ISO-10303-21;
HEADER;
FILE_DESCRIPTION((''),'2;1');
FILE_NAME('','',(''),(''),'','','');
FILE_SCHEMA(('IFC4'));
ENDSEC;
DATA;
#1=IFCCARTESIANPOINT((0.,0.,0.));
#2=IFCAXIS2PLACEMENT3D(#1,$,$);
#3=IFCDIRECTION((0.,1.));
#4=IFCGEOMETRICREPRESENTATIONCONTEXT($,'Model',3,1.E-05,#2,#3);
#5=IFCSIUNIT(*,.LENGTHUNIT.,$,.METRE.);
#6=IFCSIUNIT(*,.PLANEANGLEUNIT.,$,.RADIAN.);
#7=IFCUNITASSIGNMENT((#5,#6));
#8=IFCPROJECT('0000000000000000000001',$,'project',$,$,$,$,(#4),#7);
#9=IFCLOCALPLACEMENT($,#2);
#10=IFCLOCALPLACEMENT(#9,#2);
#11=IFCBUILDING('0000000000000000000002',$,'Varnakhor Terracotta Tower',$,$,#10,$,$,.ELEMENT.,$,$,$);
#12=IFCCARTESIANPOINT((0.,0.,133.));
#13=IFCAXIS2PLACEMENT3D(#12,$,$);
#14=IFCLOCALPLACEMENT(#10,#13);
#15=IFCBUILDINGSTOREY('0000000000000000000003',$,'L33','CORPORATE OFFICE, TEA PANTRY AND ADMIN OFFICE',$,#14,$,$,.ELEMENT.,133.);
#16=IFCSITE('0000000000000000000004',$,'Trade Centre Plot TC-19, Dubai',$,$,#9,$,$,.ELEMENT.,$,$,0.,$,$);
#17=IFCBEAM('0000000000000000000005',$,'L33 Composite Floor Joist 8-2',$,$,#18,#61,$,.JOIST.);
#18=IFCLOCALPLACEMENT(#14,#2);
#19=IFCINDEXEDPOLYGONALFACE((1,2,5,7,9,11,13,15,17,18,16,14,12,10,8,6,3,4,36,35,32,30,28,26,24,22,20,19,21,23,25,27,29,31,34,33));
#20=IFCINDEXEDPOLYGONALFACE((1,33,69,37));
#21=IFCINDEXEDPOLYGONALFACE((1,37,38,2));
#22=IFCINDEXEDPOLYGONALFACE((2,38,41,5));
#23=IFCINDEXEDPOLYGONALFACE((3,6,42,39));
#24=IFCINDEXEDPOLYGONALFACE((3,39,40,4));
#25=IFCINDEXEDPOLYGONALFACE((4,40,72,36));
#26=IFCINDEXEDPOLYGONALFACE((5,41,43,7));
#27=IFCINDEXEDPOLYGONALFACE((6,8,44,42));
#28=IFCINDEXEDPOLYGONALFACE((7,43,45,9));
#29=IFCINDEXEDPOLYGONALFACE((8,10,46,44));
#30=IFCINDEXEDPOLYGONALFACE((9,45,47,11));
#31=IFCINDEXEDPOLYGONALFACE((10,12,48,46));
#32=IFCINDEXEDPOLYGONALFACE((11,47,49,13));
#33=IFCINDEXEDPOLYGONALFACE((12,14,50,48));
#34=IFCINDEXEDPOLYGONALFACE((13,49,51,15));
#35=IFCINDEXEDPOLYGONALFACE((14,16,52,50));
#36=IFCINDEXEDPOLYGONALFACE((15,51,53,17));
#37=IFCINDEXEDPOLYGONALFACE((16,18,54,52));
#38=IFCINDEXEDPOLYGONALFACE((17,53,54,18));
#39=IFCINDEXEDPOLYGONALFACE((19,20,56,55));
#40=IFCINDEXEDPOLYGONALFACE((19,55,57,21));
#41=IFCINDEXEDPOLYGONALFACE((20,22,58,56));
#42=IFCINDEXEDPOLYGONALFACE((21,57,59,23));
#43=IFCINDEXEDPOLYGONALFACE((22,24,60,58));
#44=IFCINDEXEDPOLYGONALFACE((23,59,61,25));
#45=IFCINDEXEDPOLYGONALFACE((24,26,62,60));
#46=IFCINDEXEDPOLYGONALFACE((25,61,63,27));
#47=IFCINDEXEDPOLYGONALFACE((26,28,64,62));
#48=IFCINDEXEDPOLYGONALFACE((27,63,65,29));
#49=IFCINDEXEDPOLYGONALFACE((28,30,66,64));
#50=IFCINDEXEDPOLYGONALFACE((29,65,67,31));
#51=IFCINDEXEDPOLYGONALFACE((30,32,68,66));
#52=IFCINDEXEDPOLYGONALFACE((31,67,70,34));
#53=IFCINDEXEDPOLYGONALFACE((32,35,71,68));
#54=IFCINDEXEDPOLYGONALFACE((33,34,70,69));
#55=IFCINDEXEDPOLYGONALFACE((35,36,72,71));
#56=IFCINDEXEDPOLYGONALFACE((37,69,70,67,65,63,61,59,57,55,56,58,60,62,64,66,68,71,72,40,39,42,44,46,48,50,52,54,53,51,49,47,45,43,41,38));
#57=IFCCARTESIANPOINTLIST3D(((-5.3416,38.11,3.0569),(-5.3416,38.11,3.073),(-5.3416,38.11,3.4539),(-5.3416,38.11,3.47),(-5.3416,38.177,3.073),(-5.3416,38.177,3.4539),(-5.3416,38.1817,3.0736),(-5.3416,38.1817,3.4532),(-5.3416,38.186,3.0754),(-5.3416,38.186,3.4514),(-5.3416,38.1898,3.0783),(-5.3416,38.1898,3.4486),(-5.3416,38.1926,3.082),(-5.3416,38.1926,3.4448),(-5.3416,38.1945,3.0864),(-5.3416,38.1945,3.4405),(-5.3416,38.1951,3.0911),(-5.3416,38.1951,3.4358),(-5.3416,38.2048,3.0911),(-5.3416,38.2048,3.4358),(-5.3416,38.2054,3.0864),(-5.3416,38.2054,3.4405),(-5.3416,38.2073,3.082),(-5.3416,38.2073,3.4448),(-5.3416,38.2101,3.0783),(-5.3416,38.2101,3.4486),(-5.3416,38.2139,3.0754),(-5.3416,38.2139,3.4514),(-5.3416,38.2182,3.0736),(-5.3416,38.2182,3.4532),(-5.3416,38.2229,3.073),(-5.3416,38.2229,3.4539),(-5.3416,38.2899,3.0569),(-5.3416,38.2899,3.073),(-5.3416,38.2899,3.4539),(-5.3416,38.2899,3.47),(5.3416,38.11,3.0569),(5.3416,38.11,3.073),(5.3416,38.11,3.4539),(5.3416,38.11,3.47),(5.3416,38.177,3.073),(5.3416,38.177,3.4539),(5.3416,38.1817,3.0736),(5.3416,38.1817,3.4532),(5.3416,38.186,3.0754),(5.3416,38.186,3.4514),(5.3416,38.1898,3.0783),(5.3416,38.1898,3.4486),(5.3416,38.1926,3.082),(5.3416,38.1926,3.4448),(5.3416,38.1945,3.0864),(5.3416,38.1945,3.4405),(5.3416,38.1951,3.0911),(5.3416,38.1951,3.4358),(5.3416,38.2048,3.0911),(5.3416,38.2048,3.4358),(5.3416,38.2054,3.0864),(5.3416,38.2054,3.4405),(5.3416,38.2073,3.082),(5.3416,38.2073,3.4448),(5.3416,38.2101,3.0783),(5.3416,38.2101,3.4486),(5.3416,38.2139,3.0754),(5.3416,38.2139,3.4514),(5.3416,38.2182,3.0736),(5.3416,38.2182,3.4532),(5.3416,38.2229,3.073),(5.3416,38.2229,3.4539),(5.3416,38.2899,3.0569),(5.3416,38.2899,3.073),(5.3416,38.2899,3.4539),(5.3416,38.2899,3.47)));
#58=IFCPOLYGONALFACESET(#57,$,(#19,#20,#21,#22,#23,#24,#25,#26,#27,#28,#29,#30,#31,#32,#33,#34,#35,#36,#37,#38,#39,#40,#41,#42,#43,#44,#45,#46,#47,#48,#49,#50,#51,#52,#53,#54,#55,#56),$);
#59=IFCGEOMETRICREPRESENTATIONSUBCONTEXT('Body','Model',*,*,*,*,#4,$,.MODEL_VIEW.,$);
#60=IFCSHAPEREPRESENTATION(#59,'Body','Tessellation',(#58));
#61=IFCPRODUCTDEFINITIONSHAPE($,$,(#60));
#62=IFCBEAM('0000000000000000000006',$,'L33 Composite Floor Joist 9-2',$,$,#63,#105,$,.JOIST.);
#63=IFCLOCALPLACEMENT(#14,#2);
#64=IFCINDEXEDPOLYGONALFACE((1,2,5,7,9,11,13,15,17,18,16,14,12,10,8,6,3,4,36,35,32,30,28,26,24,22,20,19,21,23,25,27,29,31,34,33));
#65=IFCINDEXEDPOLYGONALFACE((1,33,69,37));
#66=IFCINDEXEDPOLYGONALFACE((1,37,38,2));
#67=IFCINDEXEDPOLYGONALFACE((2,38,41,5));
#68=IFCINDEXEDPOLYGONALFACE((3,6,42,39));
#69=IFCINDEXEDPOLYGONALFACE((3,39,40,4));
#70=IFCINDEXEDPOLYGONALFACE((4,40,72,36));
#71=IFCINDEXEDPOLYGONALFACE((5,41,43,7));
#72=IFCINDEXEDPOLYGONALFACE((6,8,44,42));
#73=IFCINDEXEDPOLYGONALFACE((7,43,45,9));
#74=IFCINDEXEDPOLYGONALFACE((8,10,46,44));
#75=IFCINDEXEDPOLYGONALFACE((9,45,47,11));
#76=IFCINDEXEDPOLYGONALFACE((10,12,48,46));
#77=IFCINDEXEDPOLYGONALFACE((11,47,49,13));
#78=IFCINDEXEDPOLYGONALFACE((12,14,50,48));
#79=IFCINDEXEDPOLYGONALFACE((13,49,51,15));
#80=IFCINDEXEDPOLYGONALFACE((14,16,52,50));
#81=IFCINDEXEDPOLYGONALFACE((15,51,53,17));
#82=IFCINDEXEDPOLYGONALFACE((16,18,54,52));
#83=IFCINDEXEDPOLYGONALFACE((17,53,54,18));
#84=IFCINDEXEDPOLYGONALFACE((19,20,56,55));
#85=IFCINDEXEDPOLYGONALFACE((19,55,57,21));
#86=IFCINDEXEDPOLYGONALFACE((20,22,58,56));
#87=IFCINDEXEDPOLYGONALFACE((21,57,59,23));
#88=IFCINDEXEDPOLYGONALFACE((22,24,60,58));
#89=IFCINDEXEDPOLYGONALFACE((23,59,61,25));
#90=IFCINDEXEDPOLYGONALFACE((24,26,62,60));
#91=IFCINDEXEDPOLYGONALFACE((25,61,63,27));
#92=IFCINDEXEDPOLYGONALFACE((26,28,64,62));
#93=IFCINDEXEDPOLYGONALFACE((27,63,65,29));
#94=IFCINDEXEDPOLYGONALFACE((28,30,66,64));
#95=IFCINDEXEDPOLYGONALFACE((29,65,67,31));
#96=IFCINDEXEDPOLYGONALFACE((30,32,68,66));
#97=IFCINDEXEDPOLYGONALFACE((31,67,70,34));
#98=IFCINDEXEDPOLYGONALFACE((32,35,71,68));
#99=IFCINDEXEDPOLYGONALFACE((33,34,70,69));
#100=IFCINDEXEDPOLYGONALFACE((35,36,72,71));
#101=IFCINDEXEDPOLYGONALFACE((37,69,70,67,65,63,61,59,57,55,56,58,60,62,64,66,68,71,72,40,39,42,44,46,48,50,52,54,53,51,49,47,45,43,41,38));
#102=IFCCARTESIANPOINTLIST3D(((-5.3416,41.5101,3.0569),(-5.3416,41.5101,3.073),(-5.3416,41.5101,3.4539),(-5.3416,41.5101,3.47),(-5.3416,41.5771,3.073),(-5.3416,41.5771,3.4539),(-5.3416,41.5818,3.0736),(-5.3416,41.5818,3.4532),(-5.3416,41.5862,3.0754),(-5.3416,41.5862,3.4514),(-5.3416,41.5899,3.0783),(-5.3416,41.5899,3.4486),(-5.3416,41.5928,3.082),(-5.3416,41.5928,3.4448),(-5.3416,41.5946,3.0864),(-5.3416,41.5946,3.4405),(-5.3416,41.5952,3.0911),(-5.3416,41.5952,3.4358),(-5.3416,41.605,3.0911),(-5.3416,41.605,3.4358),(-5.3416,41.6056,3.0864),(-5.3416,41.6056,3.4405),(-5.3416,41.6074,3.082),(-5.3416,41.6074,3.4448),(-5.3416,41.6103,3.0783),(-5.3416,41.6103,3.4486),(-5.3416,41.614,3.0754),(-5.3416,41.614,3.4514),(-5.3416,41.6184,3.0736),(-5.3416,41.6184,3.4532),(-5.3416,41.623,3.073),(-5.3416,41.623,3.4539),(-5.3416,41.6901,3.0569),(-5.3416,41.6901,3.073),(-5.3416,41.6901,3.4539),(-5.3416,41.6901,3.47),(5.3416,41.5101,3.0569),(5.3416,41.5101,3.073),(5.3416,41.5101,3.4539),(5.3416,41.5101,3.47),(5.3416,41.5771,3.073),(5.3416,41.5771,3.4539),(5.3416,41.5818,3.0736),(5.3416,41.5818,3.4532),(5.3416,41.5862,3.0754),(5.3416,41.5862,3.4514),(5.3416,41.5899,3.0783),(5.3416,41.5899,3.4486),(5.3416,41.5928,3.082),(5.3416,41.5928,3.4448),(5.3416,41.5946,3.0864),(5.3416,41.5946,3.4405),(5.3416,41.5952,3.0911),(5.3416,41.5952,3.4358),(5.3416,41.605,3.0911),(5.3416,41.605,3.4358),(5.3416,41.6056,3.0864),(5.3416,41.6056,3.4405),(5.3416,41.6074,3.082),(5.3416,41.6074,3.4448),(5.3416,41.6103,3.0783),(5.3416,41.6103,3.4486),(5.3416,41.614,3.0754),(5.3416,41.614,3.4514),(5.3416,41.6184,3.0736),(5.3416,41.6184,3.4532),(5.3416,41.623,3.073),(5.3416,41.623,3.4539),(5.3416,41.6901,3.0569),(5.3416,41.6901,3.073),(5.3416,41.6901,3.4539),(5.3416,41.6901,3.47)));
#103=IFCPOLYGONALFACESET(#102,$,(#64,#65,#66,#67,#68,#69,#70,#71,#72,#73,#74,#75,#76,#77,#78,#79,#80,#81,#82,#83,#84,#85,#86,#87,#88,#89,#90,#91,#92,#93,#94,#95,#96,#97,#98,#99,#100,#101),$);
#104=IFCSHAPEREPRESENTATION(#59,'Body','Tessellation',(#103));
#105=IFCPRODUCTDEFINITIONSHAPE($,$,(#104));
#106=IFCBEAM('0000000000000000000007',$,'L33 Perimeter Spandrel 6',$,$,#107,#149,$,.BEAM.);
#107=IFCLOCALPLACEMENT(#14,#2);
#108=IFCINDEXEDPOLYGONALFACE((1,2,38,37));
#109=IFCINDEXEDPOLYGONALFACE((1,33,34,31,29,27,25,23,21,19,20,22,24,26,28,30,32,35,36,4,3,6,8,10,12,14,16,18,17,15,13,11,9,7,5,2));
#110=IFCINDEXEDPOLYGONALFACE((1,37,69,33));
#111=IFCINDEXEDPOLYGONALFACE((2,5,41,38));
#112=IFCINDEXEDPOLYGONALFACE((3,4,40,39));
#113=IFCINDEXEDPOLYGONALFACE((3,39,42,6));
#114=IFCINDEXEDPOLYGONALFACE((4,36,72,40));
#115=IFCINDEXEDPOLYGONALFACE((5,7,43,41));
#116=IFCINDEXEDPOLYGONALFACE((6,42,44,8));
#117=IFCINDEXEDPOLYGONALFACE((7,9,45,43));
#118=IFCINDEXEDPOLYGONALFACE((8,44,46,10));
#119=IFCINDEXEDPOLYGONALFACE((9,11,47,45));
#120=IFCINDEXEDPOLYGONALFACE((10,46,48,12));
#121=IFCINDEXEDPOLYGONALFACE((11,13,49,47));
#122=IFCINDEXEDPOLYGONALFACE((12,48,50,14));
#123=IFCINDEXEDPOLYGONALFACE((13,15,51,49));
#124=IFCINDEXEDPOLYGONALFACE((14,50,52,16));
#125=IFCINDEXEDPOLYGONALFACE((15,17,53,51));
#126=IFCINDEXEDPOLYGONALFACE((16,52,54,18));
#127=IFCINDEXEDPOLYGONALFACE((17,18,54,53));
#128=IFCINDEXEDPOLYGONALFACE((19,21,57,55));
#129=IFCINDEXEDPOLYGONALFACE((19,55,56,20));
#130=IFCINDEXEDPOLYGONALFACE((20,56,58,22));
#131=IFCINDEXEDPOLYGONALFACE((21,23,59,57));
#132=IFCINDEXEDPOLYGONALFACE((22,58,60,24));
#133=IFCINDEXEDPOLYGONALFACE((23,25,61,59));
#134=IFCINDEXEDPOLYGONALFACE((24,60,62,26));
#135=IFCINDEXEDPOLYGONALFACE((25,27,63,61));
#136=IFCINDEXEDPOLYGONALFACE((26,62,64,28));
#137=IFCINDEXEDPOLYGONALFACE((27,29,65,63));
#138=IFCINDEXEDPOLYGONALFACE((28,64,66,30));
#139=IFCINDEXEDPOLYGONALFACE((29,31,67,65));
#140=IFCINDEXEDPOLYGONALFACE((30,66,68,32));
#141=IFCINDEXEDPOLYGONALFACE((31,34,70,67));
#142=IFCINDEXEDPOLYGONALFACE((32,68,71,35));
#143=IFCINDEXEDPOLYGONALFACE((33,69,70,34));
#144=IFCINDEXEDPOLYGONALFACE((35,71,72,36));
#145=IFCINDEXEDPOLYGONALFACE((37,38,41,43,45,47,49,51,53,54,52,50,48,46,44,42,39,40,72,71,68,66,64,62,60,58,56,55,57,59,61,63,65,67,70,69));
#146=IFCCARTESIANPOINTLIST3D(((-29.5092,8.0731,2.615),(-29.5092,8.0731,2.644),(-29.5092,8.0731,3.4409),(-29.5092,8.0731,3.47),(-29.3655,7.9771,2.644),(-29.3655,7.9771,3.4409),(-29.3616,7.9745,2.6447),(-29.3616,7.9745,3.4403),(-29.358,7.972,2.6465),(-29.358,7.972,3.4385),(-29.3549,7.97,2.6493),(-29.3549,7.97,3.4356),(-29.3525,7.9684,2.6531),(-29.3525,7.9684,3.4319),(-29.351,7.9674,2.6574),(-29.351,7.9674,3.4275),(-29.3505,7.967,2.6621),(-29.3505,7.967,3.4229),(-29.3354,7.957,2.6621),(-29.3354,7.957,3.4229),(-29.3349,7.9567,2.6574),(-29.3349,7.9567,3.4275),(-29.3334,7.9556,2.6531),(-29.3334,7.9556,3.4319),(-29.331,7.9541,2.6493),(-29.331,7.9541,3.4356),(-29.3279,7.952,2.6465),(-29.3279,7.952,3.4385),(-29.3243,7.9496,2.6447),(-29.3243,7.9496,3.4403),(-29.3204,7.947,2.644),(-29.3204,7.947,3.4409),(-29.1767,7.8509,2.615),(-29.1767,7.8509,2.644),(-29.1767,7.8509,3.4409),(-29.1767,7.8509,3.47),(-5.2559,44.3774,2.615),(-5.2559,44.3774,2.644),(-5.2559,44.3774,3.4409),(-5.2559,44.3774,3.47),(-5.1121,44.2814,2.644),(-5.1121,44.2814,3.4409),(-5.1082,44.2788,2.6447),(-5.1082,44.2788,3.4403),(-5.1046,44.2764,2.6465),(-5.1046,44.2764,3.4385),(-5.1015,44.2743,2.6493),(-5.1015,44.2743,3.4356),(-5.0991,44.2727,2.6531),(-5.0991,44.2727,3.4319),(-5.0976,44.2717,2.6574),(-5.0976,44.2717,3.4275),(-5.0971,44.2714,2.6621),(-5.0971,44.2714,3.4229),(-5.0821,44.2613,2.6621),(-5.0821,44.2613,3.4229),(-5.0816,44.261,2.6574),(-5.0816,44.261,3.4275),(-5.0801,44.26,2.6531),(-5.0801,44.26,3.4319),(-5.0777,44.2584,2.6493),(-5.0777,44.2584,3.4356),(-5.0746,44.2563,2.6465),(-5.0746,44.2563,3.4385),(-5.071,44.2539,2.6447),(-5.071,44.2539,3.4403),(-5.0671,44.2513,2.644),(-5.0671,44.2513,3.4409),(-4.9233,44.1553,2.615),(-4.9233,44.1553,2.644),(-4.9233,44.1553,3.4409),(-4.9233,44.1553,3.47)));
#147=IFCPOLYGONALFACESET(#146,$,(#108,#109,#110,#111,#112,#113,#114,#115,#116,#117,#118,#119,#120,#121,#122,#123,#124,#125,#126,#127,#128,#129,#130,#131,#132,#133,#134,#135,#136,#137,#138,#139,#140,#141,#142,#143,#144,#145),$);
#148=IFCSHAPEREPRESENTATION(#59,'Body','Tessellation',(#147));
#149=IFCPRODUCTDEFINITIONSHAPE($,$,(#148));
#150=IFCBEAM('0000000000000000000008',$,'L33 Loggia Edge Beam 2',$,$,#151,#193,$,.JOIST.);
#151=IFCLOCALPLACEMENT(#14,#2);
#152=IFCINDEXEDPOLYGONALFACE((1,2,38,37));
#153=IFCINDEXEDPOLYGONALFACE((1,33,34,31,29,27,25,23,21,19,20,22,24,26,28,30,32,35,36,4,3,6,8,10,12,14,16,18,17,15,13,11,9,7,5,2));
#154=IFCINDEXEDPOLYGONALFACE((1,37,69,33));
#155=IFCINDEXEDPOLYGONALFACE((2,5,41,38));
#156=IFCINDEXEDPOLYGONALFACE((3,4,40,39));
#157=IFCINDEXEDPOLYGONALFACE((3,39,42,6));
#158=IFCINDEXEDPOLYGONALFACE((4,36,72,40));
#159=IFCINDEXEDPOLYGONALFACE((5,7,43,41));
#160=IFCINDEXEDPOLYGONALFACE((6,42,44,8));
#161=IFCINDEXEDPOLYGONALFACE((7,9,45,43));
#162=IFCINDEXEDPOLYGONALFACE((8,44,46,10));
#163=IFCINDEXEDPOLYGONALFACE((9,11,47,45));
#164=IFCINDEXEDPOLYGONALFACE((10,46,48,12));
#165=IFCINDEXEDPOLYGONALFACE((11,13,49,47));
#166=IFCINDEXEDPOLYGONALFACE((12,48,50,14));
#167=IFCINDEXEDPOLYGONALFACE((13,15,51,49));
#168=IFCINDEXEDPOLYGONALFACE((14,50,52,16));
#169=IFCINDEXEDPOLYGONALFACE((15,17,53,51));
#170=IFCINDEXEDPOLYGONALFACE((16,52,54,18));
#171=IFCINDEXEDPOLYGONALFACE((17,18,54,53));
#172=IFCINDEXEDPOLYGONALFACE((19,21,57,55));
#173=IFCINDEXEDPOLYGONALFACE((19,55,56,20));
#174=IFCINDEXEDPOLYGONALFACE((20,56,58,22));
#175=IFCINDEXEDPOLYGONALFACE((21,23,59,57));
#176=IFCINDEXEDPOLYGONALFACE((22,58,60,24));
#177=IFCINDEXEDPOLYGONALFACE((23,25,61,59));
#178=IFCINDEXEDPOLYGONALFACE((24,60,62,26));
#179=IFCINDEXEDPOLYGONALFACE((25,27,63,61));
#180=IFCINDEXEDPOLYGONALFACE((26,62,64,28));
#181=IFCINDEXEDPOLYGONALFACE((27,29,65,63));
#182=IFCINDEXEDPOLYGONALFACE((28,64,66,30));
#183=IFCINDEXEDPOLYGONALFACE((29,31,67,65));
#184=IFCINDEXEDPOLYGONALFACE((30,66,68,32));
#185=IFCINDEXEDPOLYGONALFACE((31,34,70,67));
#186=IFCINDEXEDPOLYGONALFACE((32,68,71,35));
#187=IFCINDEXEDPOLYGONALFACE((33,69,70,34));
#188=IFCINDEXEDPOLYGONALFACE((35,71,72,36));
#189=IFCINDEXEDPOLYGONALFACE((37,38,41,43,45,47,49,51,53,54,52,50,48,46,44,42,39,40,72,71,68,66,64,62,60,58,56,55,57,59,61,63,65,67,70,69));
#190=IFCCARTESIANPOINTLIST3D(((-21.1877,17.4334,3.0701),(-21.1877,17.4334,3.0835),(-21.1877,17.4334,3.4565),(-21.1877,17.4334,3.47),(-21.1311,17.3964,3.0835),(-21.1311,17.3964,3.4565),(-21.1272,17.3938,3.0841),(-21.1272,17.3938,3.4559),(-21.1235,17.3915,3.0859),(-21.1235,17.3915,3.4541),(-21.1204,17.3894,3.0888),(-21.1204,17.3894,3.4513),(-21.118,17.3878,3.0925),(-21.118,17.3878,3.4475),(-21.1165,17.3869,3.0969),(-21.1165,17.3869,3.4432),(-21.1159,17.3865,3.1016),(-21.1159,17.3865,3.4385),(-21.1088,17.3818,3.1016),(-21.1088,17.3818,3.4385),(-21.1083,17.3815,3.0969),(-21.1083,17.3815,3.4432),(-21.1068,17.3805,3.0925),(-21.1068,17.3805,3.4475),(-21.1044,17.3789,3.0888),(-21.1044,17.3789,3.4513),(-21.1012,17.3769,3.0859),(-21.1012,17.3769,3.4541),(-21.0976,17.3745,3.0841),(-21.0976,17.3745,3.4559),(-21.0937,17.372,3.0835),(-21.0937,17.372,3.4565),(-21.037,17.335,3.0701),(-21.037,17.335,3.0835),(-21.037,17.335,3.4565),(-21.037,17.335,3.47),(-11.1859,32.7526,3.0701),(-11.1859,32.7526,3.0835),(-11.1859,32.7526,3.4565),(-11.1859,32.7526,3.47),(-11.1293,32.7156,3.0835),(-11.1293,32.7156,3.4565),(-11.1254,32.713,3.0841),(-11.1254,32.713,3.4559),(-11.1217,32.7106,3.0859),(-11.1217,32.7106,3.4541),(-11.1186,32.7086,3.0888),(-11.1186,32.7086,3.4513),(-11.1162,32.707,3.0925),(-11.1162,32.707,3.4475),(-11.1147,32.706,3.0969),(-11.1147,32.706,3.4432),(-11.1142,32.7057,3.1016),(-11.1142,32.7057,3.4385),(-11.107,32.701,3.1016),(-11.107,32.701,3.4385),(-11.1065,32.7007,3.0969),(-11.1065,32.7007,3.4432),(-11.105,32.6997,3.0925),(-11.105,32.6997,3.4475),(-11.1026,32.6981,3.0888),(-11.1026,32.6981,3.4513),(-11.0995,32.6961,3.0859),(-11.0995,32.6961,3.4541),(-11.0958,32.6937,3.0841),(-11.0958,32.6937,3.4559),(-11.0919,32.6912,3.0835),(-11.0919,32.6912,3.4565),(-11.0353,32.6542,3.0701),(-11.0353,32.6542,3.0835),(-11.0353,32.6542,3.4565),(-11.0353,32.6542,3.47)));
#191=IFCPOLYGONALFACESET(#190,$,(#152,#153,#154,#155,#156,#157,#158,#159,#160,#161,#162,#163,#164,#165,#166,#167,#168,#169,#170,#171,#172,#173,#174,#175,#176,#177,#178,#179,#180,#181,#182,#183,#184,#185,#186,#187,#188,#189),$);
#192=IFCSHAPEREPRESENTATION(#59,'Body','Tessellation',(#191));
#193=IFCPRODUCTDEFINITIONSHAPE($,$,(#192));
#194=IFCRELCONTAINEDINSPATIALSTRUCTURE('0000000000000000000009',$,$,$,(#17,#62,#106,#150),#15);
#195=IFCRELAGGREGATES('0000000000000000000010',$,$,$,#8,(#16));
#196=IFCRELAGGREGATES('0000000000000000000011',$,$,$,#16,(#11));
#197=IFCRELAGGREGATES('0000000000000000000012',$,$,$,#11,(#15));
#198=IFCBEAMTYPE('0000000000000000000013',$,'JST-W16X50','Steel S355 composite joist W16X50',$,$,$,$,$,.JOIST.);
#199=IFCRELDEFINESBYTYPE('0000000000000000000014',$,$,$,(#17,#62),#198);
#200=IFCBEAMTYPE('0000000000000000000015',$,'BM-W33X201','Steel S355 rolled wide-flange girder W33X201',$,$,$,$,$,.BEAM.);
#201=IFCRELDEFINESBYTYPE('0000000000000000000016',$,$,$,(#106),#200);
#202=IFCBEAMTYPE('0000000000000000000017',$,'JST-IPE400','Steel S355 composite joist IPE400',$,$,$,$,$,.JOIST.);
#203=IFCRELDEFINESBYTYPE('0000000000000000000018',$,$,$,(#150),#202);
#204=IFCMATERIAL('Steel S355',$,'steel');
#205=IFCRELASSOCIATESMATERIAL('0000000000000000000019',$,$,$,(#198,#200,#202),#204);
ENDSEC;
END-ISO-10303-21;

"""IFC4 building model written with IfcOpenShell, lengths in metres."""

from ifc_helpers import new_model, si_unit, direction, frame, origin, origin_2d, place, context, subcontext, project, spatial, i_section, extrude, source, transform, mapped, material, material_profile, profile_set, type_object, element, save


model = new_model("IFC4")

# Units and contexts
model_context = context("Model", 3, precision=1e-05, world=origin(), true_north=direction((0.0, 1.0)))
body_context = subcontext(model_context, "Body", "Model", "MODEL_VIEW")
ifc_project = project(units=[si_unit("LENGTHUNIT", "METRE"), si_unit("PLANEANGLEUNIT", "RADIAN")], contexts=[model_context])

# Site, building, storey
site_placement = place(None, origin())
site = spatial("IfcSite", under=ifc_project, at=site_placement, Name="Trade Centre Plot TC-19, Dubai", CompositionType="ELEMENT", RefElevation=0.0)
building_placement = place(site_placement, origin())
building = spatial("IfcBuilding", under=site, at=building_placement, Name="Varnakhor Terracotta Tower", CompositionType="ELEMENT")
storey_placement = place(building_placement, frame((0.0, 0.0, 133.0)))
storey = spatial("IfcBuildingStorey", under=building, at=storey_placement, Name="L33", Description="CORPORATE OFFICE, TEA PANTRY AND ADMIN OFFICE", CompositionType="ELEMENT", Elevation=133.0)

# Beams
ifc_material_1 = material(Name="Steel S355", Category="steel")
ifc_material_profile_1 = material_profile(ifc_material_1, i_section(OverallWidth=0.1799, OverallDepth=0.4131, WebThickness=0.0098, FlangeThickness=0.0161, FilletRadius=0.0181, at=origin_2d()), Name="W16X50")
ifc_profile_set_1 = profile_set([ifc_material_profile_1], Name="Steel S355")
beam_type_1 = type_object("IfcBeamType", Name="JST-W16X50", Description="Steel S355 composite joist W16X50", PredefinedType="JOIST", material=ifc_profile_set_1)
shared_shape_1 = source(origin(), body_context, "Body", "SweptSolid", [
    extrude(i_section(OverallWidth=0.1799, OverallDepth=0.4131, WebThickness=0.0098, FlangeThickness=0.0161, FilletRadius=0.0181, at=origin_2d()), origin(), (0.0, 0.0, 1.0), 10.6831),
])
for number, where, z_axis, x_axis, name in (
    (1, (-5.3416, 38.2, 3.2634), (1.0, 0.0, 0.0), (0.0, 1.0, 0.0), "L33 Composite Floor Joist 8-2"),
    (2, (-5.3416, 41.6001, 3.2634), (1.0, 0.0, 0.0), (0.0, 1.0, 0.0), "L33 Composite Floor Joist 9-2"),
):
    element("IfcBeam", number, at=place(storey_placement, frame(where, z_axis=z_axis, x_axis=x_axis)), inside=storey, type_object=beam_type_1, Name=name, PredefinedType="JOIST", context=body_context, shape_type="MappedRepresentation", body=[
        mapped(shared_shape_1, transform((0.0, 0.0, 0.0), scale=1.0)),
    ])
ifc_material_profile_2 = material_profile(ifc_material_1, i_section(OverallWidth=0.3999, OverallDepth=0.855, WebThickness=0.0181, FlangeThickness=0.0291, FilletRadius=0.0181, at=origin_2d()), Name="W33X201")
ifc_profile_set_2 = profile_set([ifc_material_profile_2], Name="Steel S355")
beam_type_2 = type_object("IfcBeamType", Name="BM-W33X201", Description="Steel S355 rolled wide-flange girder W33X201", PredefinedType="BEAM", material=ifc_profile_set_2)
shared_shape_2 = source(origin(), body_context, "Body", "SweptSolid", [
    extrude(i_section(OverallWidth=0.3999, OverallDepth=0.855, WebThickness=0.0181, FlangeThickness=0.0291, FilletRadius=0.0181, at=origin_2d()), origin(), (0.0, 0.0, 1.0), 43.6604),
])
beam_1_placement = place(storey_placement, frame((-5.0896, 44.2664, 3.0425), z_axis=(-0.5555, -0.831517, 0.0), x_axis=(0.831517, -0.5555, 0.0)))
element("IfcBeam", 3, at=beam_1_placement, inside=storey, type_object=beam_type_2, Name="L33 Perimeter Spandrel 6", PredefinedType="BEAM", context=body_context, shape_type="MappedRepresentation", body=[
    mapped(shared_shape_2, transform((0.0, 0.0, 0.0), scale=1.0)),
])
ifc_material_profile_3 = material_profile(ifc_material_1, i_section(OverallWidth=0.1799, OverallDepth=0.3999, WebThickness=0.0085, FlangeThickness=0.0134, FilletRadius=0.0181, at=origin_2d()), Name="IPE400")
ifc_profile_set_3 = profile_set([ifc_material_profile_3], Name="Steel S355")
beam_type_3 = type_object("IfcBeamType", Name="JST-IPE400", Description="Steel S355 composite joist IPE400", PredefinedType="JOIST", material=ifc_profile_set_3)
shared_shape_3 = source(origin(), body_context, "Body", "SweptSolid", [
    extrude(i_section(OverallWidth=0.1799, OverallDepth=0.3999, WebThickness=0.0085, FlangeThickness=0.0134, FilletRadius=0.0181, at=origin_2d()), origin(), (0.0, 0.0, 1.0), 18.2952),
])
beam_2_placement = place(storey_placement, frame((-11.1106, 32.7034, 3.27), z_axis=(-0.546689, -0.837335, 0.0), x_axis=(0.837335, -0.546689, 0.0)))
element("IfcBeam", 4, at=beam_2_placement, inside=storey, type_object=beam_type_3, Name="L33 Loggia Edge Beam 2", PredefinedType="JOIST", context=body_context, shape_type="MappedRepresentation", body=[
    mapped(shared_shape_3, transform((0.0, 0.0, 0.0), scale=1.0)),
])

save(model, "model.ifc")
